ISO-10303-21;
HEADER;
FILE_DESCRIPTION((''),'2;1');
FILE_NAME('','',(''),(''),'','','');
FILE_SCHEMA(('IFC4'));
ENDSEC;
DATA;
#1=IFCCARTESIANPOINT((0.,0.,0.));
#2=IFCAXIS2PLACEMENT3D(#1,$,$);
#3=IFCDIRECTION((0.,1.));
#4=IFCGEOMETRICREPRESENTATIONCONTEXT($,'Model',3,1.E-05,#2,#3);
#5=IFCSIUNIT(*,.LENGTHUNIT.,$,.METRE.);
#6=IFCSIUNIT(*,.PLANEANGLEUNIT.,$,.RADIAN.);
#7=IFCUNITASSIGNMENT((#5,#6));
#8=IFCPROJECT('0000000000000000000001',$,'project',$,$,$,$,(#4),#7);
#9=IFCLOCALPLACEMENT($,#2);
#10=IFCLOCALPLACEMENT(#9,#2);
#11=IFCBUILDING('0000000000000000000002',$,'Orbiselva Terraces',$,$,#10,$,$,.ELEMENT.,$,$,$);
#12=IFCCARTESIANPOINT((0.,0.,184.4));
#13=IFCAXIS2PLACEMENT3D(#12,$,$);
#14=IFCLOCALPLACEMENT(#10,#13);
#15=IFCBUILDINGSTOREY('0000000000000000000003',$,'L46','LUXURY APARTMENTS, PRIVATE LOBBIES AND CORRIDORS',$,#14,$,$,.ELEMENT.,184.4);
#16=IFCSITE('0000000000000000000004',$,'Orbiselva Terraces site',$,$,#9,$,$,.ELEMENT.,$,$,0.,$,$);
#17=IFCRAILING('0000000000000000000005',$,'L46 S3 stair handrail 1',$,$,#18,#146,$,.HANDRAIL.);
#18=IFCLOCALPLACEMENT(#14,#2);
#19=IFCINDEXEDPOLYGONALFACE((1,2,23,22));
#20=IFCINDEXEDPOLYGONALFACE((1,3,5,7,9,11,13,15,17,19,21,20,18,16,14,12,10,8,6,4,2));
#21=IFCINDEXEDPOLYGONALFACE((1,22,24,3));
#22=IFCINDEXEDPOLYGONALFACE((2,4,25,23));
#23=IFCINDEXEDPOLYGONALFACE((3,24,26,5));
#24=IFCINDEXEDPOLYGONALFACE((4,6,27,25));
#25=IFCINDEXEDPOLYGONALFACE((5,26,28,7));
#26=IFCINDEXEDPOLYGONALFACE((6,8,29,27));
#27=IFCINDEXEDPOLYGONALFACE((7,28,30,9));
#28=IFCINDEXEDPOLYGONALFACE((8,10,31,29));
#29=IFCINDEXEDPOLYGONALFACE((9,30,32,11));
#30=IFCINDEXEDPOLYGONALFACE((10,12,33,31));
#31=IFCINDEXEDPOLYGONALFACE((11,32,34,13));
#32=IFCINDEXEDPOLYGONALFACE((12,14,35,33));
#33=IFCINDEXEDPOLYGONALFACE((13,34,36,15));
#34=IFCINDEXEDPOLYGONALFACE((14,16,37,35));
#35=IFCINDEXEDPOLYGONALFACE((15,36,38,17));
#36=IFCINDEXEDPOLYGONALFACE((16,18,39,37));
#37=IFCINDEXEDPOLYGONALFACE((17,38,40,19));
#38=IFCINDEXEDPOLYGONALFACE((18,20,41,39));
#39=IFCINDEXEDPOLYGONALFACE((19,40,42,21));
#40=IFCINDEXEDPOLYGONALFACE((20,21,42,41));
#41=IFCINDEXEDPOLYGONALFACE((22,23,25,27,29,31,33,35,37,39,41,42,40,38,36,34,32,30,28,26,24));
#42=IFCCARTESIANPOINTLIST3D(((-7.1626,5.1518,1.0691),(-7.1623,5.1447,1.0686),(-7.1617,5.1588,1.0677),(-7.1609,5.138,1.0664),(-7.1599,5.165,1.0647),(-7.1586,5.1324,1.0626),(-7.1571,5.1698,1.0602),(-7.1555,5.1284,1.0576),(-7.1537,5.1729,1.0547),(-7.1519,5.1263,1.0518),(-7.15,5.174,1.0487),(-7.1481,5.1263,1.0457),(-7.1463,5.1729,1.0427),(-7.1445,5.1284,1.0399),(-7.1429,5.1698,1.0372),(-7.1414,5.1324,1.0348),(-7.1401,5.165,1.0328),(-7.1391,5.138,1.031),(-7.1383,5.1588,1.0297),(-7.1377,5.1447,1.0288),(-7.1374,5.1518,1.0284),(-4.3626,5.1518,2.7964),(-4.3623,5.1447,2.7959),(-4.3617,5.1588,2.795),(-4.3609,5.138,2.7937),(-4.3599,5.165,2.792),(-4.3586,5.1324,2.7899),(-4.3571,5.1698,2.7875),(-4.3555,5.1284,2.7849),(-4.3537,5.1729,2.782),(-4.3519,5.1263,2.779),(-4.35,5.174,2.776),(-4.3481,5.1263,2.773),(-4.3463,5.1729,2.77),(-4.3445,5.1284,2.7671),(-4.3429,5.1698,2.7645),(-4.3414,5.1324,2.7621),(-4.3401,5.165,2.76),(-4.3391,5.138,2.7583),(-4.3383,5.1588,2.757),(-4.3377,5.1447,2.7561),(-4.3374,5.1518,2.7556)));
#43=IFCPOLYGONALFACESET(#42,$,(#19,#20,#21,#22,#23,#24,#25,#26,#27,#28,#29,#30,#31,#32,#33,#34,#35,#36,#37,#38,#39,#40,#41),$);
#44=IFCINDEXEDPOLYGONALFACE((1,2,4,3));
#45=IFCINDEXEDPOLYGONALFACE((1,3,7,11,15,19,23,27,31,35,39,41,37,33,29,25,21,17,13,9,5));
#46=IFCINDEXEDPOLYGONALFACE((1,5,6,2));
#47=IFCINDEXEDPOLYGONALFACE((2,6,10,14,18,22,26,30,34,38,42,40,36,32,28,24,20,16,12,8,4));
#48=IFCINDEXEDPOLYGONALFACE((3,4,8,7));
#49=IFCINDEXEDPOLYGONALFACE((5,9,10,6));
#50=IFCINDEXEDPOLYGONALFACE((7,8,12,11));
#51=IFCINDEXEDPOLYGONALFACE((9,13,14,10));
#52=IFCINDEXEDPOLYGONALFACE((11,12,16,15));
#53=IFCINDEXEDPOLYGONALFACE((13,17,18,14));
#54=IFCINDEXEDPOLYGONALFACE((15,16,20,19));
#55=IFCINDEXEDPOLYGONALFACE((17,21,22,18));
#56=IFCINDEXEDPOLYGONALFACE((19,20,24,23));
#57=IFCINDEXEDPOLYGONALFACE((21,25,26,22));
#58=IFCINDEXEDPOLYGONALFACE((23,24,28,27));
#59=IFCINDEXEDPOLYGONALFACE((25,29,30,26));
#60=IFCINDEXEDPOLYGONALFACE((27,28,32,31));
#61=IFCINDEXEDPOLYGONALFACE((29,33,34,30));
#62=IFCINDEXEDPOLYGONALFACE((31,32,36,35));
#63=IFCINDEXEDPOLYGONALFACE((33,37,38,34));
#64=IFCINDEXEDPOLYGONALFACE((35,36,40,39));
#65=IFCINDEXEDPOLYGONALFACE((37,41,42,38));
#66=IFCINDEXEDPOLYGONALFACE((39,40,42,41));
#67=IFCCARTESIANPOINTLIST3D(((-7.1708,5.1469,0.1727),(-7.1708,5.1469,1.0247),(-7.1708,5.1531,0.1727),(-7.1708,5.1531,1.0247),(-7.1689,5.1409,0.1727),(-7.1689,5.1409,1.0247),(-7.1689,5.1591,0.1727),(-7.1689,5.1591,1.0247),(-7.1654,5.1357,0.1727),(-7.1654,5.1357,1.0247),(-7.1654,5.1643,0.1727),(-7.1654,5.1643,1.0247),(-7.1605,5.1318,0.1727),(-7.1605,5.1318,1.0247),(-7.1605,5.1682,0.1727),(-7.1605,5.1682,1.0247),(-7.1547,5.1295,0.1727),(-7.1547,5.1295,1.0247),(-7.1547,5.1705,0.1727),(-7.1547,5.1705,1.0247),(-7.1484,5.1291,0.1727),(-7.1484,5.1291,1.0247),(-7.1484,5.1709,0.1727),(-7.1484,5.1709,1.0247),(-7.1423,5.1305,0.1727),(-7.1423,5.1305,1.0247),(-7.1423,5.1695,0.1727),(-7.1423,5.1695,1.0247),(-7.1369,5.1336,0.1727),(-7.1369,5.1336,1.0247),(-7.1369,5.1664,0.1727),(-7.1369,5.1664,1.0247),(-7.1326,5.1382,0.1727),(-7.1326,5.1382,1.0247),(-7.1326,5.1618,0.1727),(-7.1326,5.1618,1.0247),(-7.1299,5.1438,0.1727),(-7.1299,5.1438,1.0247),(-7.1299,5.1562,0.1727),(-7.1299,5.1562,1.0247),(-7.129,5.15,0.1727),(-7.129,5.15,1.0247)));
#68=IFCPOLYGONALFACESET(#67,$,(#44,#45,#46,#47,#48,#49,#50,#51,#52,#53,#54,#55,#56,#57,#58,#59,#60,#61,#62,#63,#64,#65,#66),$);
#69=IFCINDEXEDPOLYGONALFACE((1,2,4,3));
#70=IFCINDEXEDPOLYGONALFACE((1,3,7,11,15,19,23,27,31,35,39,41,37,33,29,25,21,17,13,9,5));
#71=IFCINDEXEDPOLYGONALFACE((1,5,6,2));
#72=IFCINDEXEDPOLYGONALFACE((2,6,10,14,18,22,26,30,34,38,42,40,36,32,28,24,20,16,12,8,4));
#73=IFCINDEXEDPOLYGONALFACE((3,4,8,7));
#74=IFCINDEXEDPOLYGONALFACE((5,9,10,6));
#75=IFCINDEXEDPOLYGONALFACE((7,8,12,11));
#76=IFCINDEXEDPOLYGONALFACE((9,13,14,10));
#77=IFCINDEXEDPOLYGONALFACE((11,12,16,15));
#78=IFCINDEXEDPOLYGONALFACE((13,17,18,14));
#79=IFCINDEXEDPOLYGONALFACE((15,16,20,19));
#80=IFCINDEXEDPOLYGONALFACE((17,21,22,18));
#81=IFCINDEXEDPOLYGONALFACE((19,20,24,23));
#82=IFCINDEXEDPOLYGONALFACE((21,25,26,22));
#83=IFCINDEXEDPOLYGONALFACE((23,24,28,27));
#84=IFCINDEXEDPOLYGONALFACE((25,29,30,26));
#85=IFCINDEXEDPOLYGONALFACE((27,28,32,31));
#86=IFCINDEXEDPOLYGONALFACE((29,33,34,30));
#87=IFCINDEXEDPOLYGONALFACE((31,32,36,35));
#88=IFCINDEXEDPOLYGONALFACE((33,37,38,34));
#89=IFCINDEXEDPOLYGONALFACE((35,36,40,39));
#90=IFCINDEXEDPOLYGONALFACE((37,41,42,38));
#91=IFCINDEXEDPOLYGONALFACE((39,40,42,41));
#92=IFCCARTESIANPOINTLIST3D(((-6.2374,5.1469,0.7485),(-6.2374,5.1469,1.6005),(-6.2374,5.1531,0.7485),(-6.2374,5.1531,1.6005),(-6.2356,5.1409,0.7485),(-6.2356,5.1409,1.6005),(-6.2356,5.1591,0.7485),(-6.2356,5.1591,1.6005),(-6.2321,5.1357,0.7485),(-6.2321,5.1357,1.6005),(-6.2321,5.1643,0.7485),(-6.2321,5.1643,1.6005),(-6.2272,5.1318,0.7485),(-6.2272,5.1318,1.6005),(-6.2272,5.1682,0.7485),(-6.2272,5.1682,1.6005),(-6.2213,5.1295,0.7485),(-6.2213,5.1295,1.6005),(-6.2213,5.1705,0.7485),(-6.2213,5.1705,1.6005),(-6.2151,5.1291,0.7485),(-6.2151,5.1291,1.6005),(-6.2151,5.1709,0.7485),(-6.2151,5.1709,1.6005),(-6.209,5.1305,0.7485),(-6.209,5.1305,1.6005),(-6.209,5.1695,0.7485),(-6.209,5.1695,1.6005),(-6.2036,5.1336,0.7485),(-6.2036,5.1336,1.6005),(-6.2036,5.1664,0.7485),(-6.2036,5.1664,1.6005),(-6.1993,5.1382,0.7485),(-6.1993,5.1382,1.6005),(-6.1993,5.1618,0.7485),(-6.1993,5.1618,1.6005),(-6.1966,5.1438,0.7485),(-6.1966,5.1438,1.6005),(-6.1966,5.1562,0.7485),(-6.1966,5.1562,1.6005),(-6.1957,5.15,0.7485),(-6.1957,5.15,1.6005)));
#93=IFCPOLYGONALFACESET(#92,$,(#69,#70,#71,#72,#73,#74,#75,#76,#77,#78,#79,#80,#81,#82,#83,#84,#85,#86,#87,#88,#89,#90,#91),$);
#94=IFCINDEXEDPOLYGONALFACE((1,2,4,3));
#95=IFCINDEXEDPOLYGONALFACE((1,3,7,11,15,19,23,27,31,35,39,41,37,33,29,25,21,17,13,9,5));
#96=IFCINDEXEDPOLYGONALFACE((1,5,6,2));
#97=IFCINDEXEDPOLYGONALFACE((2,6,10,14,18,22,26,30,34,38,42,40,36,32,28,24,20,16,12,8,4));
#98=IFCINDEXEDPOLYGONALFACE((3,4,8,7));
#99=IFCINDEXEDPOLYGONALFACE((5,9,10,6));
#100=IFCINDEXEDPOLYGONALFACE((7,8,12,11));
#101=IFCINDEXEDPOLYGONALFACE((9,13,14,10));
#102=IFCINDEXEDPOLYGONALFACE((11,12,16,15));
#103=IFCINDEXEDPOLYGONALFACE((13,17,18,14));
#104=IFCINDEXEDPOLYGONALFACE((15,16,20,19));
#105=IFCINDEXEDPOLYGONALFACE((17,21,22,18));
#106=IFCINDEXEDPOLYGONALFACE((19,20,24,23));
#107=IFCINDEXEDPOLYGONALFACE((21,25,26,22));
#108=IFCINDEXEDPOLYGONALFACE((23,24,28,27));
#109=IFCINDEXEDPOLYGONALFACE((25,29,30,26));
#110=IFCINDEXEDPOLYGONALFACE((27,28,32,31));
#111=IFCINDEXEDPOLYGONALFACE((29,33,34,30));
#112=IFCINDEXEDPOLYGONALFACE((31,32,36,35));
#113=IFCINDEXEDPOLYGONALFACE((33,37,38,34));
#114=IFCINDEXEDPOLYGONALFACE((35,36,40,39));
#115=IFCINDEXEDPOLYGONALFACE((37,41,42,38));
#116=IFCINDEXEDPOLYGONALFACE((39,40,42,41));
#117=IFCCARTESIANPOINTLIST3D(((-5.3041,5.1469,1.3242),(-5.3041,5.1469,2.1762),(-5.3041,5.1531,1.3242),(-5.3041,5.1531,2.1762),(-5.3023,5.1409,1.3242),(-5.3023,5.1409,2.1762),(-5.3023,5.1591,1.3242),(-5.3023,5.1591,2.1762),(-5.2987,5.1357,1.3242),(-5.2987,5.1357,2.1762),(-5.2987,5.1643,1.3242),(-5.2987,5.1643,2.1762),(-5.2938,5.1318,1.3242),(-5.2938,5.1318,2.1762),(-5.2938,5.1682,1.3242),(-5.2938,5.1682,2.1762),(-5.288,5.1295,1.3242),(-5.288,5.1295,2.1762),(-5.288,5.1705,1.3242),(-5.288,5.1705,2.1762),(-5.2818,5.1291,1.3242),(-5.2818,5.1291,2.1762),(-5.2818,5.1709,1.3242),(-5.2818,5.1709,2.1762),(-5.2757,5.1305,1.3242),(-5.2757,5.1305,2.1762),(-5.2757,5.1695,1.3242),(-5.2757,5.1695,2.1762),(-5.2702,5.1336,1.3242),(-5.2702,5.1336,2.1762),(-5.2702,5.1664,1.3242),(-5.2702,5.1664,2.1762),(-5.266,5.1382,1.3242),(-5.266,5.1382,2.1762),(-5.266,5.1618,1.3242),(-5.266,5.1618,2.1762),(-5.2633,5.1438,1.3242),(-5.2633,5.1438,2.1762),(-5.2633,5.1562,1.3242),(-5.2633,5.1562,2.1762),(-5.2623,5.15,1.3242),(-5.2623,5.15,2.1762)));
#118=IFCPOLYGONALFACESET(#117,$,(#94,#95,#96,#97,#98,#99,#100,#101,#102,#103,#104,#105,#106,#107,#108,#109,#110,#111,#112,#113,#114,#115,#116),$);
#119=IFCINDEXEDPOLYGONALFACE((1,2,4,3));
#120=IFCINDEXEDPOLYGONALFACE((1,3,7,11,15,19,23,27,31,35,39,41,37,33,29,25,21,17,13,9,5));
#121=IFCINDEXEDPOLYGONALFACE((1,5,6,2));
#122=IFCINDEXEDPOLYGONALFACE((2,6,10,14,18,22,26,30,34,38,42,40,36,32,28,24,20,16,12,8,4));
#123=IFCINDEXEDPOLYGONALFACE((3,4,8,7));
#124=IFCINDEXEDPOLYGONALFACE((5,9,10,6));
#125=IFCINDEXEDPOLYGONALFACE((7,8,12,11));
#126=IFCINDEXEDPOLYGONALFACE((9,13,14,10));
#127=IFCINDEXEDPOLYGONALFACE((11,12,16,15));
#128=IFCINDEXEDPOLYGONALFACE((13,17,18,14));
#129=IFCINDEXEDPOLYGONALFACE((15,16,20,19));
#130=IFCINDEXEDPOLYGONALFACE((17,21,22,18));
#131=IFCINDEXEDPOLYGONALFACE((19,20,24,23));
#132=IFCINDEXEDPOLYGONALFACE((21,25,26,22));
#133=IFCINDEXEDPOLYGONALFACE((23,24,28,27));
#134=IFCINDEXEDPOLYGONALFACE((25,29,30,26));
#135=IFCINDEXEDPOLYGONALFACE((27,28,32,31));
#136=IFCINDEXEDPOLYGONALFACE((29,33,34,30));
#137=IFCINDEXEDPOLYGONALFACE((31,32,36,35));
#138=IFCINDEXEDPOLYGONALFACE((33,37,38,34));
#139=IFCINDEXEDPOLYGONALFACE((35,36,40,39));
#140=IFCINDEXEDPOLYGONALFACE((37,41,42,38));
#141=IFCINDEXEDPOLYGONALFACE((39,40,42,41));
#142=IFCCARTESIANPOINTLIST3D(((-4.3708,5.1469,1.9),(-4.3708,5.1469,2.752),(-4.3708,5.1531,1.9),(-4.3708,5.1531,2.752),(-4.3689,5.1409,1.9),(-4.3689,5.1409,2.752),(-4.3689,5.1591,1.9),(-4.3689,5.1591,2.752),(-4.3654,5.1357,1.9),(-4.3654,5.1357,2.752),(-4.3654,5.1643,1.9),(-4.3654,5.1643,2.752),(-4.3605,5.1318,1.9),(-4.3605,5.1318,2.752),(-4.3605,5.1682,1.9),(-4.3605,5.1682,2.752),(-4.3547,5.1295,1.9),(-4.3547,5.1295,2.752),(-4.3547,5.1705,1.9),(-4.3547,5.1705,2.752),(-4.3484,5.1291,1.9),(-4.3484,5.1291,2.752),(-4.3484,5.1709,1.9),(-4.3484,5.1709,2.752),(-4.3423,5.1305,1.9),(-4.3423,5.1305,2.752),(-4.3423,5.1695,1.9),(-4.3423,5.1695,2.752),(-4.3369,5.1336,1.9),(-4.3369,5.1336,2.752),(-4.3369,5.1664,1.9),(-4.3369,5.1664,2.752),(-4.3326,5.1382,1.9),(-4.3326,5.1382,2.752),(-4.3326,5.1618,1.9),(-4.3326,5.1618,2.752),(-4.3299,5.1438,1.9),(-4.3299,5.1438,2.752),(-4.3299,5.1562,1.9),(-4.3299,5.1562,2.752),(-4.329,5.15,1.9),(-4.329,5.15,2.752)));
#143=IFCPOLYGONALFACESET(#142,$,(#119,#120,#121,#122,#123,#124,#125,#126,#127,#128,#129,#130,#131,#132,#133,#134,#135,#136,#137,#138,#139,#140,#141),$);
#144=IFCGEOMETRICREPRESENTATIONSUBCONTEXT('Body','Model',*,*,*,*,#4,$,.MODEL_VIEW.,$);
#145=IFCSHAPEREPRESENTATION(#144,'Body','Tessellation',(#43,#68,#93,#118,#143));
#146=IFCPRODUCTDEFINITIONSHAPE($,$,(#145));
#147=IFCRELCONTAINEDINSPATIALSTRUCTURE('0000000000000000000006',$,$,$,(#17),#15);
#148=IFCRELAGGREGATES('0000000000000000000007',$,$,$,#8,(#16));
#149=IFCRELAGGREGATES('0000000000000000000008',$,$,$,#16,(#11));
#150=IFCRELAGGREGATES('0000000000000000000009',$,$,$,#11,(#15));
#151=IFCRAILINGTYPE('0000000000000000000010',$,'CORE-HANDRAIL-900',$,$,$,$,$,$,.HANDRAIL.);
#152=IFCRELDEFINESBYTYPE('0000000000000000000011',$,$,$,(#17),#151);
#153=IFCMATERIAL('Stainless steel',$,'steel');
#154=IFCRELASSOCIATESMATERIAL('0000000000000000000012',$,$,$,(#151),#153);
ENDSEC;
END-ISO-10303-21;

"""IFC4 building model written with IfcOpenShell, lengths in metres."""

from ifc_helpers import new_model, si_unit, direction, frame, origin, origin_2d, place, context, subcontext, project, spatial, circle, extrude, material, type_object, element, save


model = new_model("IFC4")

# Units and contexts
model_context = context("Model", 3, precision=1e-05, world=origin(), true_north=direction((0.0, 1.0)))
body_context = subcontext(model_context, "Body", "Model", "MODEL_VIEW")
ifc_project = project(units=[si_unit("LENGTHUNIT", "METRE"), si_unit("PLANEANGLEUNIT", "RADIAN")], contexts=[model_context])

# Site, building, storey
site_placement = place(None, origin())
site = spatial("IfcSite", under=ifc_project, at=site_placement, Name="Orbiselva Terraces site", CompositionType="ELEMENT", RefElevation=0.0)
building_placement = place(site_placement, origin())
building = spatial("IfcBuilding", under=site, at=building_placement, Name="Orbiselva Terraces", CompositionType="ELEMENT")
storey_placement = place(building_placement, frame((0.0, 0.0, 184.4)))
storey = spatial("IfcBuildingStorey", under=building, at=storey_placement, Name="L46", Description="LUXURY APARTMENTS, PRIVATE LOBBIES AND CORRIDORS", CompositionType="ELEMENT", Elevation=184.4)

# Railing
ifc_material_1 = material(Name="Stainless steel", Category="steel")
railing_type_1 = type_object("IfcRailingType", Name="CORE-HANDRAIL-900", PredefinedType="HANDRAIL", material=ifc_material_1)
railing_1_placement = place(storey_placement, frame((-7.15, 5.15, 0.1727)))
element("IfcRailing", 1, at=railing_1_placement, inside=storey, type_object=railing_type_1, Name="L46 S3 stair handrail 1", PredefinedType="HANDRAIL", context=body_context, shape_type="SweptSolid", body=[
    extrude(circle(Radius=0.024, at=origin_2d()), frame((0.0, 0.0, 0.876), z_axis=(0.851089, 0.0, 0.525022), x_axis=(0.0, 1.0, 0.0)), (0.0, 0.0, 1.0), 3.2899),
    extrude(circle(Radius=0.021, at=origin_2d()), origin(), (0.0, 0.0, 1.0), 0.852),
    extrude(circle(Radius=0.021, at=origin_2d()), frame((0.9333, 0.0, 0.5758)), (0.0, 0.0, 1.0), 0.852),
    extrude(circle(Radius=0.021, at=origin_2d()), frame((1.8667, 0.0, 1.1515)), (0.0, 0.0, 1.0), 0.852),
    extrude(circle(Radius=0.021, at=origin_2d()), frame((2.8, 0.0, 1.7273)), (0.0, 0.0, 1.0), 0.852),
])

save(model, "model.ifc")
